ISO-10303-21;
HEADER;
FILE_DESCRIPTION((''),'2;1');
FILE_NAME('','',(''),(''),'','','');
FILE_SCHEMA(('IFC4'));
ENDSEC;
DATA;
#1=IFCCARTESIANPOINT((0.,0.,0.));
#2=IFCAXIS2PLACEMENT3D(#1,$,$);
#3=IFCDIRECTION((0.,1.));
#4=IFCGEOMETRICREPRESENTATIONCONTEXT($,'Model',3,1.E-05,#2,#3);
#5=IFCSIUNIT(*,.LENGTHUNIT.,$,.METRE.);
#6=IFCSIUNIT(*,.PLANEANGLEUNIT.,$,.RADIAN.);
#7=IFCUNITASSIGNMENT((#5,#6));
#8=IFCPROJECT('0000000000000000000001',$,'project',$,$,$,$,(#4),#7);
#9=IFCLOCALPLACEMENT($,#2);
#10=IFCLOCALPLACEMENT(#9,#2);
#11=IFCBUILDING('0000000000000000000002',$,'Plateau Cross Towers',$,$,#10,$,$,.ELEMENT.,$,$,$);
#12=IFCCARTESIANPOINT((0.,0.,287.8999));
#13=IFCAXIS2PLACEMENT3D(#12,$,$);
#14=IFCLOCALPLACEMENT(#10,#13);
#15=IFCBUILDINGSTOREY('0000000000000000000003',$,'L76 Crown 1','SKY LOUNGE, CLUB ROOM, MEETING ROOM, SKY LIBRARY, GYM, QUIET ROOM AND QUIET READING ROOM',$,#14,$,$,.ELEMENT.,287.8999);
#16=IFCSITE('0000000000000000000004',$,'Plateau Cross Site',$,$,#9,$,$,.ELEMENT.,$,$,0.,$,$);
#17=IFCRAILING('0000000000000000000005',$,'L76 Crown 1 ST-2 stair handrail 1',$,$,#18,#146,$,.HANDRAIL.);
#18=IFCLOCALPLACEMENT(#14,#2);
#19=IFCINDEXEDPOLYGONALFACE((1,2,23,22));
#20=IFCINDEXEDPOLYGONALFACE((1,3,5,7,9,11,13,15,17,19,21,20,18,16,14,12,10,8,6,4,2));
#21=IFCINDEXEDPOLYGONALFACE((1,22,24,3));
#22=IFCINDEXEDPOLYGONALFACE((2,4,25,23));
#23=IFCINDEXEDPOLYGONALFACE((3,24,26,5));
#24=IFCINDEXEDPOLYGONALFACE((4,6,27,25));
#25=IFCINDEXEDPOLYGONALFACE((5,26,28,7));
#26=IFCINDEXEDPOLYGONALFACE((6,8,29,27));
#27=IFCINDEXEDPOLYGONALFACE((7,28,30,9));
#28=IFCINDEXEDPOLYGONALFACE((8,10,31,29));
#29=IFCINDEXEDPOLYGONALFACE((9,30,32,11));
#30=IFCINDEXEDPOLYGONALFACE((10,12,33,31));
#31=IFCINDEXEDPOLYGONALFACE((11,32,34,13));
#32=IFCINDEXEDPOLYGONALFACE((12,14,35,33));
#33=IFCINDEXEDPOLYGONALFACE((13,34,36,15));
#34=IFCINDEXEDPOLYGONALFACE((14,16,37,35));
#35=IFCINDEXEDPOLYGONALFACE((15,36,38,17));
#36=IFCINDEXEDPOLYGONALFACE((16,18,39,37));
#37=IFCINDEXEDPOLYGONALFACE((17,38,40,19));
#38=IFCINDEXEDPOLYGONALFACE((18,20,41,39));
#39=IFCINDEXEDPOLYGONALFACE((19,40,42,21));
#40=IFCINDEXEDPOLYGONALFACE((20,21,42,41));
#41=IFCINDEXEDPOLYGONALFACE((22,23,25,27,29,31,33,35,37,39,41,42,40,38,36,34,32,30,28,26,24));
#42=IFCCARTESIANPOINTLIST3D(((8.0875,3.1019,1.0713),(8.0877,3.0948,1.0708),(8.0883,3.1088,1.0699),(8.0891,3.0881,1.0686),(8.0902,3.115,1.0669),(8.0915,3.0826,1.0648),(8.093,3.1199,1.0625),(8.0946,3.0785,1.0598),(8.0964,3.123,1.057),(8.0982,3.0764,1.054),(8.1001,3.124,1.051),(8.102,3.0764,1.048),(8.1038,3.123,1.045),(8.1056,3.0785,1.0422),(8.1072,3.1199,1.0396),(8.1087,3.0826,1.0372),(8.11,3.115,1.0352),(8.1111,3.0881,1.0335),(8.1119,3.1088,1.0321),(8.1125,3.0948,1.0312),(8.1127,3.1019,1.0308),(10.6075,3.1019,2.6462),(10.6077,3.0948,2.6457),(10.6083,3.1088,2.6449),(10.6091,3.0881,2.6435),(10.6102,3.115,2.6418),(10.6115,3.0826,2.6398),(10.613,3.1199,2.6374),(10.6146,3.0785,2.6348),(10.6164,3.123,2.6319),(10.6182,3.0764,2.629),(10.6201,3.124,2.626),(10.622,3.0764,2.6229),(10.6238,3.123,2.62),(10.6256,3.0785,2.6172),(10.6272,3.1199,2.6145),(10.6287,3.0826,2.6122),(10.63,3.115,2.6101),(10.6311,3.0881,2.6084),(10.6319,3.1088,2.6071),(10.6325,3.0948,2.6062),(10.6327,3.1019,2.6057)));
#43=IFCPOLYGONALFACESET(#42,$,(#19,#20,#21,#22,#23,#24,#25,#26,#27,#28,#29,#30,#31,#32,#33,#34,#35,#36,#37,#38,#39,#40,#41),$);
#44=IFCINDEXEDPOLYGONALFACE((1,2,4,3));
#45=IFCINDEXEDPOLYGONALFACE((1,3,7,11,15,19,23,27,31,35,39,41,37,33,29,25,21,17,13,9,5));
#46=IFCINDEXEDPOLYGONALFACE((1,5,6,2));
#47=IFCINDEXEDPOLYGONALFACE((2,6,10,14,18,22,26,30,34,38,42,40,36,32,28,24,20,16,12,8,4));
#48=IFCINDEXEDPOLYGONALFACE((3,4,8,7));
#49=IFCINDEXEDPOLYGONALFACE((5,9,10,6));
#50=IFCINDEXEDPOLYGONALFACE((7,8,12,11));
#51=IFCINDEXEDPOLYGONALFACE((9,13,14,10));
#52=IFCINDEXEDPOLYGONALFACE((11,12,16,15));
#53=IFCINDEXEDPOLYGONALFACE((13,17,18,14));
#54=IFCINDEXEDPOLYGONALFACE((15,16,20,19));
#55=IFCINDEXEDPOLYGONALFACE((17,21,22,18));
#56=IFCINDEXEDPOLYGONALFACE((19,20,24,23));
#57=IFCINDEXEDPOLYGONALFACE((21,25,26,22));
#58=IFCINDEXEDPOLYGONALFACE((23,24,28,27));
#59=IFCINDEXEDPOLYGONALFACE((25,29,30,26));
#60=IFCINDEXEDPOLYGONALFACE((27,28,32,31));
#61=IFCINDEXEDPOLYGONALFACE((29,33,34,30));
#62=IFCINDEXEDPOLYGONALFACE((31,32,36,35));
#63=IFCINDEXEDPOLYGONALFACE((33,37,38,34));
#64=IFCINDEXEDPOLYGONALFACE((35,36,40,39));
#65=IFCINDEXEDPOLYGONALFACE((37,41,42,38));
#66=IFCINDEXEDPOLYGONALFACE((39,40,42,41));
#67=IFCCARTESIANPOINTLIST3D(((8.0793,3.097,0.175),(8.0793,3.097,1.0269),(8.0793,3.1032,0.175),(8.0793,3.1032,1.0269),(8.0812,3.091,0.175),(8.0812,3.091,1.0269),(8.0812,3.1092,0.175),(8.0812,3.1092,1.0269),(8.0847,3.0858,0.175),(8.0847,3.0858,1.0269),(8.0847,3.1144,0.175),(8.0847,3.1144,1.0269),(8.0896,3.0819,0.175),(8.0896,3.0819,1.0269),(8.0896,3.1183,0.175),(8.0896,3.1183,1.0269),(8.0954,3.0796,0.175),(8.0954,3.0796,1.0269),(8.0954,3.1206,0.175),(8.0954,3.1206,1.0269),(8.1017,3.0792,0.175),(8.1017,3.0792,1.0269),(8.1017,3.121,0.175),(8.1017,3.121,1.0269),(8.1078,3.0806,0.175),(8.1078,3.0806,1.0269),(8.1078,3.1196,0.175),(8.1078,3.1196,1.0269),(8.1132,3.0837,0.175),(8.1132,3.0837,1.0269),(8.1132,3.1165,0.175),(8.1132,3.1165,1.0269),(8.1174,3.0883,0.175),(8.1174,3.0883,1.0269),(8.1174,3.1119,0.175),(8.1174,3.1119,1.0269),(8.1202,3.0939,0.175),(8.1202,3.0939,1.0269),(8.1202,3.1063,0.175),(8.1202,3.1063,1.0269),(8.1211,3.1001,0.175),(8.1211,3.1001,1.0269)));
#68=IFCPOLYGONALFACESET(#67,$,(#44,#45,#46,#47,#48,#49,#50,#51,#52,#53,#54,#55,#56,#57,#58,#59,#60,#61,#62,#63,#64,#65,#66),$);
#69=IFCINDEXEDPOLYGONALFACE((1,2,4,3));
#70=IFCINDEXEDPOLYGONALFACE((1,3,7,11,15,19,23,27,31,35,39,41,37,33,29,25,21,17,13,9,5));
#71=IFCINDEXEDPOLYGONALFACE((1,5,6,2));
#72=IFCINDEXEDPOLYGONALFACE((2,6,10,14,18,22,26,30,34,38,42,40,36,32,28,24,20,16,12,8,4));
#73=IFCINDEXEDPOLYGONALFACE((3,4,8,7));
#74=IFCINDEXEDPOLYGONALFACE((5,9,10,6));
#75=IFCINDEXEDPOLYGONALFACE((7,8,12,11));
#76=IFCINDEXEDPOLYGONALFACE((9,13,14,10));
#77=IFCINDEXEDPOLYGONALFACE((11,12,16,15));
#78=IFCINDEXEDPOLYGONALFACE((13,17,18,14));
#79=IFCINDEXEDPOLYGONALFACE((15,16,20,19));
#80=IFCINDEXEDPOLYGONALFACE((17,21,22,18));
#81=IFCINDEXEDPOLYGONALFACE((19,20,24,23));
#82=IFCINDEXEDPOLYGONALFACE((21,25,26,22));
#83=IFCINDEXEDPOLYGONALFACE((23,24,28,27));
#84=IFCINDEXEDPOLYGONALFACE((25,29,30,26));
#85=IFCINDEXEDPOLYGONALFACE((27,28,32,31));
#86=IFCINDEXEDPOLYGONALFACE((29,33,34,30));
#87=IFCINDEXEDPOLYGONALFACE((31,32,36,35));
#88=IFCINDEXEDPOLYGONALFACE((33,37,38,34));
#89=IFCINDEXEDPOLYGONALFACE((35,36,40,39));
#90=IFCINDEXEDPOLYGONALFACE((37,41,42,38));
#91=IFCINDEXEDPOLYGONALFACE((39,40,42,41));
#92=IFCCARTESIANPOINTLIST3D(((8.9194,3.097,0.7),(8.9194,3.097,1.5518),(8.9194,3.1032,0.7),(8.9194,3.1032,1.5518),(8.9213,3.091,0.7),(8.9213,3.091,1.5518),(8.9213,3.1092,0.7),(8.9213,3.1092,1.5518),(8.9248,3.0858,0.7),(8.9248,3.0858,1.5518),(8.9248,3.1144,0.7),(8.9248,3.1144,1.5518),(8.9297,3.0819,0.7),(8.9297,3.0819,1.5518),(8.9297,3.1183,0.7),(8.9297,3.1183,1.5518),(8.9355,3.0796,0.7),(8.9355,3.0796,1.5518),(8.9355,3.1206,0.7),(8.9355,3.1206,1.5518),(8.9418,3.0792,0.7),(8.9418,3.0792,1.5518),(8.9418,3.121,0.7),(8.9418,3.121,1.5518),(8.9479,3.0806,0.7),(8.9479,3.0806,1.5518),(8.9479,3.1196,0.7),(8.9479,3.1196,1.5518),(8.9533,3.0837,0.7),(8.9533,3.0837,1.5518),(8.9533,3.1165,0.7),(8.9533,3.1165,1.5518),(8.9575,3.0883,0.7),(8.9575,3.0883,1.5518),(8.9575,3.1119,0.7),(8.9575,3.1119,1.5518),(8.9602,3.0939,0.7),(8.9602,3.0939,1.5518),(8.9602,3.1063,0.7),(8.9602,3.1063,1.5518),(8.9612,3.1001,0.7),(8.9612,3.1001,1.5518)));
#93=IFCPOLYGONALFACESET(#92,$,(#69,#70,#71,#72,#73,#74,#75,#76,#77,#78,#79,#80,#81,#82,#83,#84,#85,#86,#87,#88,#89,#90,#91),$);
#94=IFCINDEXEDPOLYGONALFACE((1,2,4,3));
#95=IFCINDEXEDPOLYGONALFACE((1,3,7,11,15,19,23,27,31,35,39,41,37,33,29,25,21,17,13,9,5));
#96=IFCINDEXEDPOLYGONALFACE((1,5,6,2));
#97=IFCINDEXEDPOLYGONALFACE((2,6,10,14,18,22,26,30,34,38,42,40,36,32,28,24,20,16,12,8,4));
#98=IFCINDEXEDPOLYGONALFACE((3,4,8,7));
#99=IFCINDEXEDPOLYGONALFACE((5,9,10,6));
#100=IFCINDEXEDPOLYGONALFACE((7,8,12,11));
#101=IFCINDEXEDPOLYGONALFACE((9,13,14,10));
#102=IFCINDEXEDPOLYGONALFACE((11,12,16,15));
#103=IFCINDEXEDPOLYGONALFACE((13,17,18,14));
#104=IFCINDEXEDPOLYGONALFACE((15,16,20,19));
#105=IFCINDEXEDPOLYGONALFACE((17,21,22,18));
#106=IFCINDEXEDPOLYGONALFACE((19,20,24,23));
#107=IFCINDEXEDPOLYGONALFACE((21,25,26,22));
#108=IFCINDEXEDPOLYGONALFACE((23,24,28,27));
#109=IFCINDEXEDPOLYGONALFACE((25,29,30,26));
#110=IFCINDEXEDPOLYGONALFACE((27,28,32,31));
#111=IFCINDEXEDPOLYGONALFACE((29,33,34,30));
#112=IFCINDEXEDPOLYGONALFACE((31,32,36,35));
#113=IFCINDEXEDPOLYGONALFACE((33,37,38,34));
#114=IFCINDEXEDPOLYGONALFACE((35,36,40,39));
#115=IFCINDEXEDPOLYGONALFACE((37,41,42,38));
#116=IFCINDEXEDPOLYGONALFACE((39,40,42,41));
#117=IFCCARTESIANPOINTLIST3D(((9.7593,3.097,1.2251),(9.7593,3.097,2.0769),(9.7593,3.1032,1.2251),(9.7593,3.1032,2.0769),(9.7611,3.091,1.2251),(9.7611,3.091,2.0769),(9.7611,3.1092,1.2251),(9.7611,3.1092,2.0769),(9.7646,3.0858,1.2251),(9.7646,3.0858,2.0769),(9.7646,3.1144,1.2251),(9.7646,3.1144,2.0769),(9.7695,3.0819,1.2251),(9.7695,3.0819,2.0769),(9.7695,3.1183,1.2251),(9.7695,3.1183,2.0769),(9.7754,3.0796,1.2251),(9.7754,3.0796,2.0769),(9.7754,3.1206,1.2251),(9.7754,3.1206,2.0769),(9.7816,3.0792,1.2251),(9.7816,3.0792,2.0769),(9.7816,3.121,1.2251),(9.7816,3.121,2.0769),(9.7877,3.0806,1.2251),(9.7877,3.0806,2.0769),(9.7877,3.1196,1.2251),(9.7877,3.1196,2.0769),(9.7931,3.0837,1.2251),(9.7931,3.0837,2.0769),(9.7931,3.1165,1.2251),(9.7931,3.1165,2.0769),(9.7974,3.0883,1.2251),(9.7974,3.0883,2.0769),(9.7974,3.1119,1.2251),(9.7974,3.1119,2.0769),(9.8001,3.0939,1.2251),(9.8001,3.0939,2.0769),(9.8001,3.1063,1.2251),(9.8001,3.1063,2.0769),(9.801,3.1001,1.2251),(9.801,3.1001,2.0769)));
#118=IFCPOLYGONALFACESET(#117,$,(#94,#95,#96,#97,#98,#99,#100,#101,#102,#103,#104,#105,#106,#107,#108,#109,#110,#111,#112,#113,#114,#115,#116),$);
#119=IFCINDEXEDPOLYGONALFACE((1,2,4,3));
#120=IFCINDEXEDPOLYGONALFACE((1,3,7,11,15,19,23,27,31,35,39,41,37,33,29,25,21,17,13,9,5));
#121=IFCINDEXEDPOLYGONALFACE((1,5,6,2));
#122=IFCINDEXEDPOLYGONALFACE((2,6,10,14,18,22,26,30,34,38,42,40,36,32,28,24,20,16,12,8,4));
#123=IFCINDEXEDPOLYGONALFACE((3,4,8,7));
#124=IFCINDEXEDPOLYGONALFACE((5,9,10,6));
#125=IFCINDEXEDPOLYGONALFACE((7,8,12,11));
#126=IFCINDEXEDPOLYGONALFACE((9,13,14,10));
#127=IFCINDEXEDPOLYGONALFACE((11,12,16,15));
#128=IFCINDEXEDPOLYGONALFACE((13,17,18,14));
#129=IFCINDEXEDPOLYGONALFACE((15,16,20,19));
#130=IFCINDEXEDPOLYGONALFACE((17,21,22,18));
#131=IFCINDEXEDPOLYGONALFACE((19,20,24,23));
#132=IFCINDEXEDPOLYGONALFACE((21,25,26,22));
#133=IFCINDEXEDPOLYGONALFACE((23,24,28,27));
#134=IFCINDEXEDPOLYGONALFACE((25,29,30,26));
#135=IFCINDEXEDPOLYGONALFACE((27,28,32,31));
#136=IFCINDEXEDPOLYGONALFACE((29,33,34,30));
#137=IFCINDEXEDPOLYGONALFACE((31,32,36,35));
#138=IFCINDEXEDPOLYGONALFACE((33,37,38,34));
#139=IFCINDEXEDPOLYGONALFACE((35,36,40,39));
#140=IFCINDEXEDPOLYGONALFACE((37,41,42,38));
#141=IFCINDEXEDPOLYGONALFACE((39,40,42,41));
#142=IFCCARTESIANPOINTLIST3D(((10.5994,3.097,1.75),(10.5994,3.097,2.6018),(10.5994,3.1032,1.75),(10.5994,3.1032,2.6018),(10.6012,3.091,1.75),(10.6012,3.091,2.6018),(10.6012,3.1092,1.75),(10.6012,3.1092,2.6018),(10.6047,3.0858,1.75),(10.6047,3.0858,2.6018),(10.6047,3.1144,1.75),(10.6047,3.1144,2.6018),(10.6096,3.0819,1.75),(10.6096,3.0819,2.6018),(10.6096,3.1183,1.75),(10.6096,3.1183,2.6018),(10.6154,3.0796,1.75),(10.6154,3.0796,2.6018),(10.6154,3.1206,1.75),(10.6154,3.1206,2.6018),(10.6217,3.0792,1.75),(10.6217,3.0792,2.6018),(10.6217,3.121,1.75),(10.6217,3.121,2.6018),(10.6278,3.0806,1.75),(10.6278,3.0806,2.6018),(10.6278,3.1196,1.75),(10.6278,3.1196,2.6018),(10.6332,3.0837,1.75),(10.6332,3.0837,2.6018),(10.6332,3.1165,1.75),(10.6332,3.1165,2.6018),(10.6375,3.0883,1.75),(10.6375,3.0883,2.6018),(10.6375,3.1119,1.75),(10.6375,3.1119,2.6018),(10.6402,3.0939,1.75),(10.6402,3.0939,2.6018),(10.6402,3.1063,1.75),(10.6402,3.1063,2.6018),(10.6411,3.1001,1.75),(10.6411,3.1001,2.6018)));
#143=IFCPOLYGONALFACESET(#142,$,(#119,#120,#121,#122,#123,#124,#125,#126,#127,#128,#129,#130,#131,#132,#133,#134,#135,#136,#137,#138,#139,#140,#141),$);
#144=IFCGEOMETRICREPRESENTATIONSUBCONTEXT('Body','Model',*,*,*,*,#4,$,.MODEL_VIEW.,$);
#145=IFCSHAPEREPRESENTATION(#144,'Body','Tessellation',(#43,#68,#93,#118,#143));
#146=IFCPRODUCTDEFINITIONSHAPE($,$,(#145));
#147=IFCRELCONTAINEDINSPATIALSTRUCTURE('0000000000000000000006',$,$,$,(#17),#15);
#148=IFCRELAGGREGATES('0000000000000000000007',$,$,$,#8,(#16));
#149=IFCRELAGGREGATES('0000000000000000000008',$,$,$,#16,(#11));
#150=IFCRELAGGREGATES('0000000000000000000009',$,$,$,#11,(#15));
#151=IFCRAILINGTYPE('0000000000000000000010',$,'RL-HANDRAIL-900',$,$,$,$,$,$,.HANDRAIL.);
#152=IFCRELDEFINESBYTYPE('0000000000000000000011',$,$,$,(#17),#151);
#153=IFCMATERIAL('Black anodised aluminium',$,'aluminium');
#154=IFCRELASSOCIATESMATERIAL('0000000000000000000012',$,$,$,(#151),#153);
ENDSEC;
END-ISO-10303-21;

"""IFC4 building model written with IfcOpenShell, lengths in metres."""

from ifc_helpers import new_model, si_unit, direction, frame, origin, origin_2d, place, context, subcontext, project, spatial, circle, extrude, material, type_object, element, save


model = new_model("IFC4")

# Units and contexts
model_context = context("Model", 3, precision=1e-05, world=origin(), true_north=direction((0.0, 1.0)))
body_context = subcontext(model_context, "Body", "Model", "MODEL_VIEW")
ifc_project = project(units=[si_unit("LENGTHUNIT", "METRE"), si_unit("PLANEANGLEUNIT", "RADIAN")], contexts=[model_context])

# Site, building, storey
site_placement = place(None, origin())
site = spatial("IfcSite", under=ifc_project, at=site_placement, Name="Plateau Cross Site", CompositionType="ELEMENT", RefElevation=0.0)
building_placement = place(site_placement, origin())
building = spatial("IfcBuilding", under=site, at=building_placement, Name="Plateau Cross Towers", CompositionType="ELEMENT")
storey_placement = place(building_placement, frame((0.0, 0.0, 287.8999)))
storey = spatial("IfcBuildingStorey", under=building, at=storey_placement, Name="L76 Crown 1", Description="SKY LOUNGE, CLUB ROOM, MEETING ROOM, SKY LIBRARY, GYM, QUIET ROOM AND QUIET READING ROOM", CompositionType="ELEMENT", Elevation=287.8999)

# Shared definitions
ifc_material_1 = material(Name="Black anodised aluminium", Category="aluminium")

# Railing
railing_type_1 = type_object("IfcRailingType", Name="RL-HANDRAIL-900", PredefinedType="HANDRAIL", material=ifc_material_1)
railing_1_placement = place(storey_placement, frame((8.1001, 3.1001, 0.175)))
element("IfcRailing", 1, at=railing_1_placement, inside=storey, type_object=railing_type_1, Name="L76 Crown 1 ST-2 stair handrail 1", PredefinedType="HANDRAIL", context=body_context, shape_type="SweptSolid", body=[
    extrude(circle(Radius=0.0239, at=origin_2d()), frame((0.0, 0.0, 0.876), z_axis=(0.848008, 0.0, 0.529984), x_axis=(0.0, 1.0, 0.0)), (0.0, 0.0, 1.0), 2.9717),
    extrude(circle(Radius=0.021, at=origin_2d()), origin(), (0.0, 0.0, 1.0), 0.8518),
    extrude(circle(Radius=0.021, at=origin_2d()), frame((0.8401, 0.0, 0.5249)), (0.0, 0.0, 1.0), 0.8518),
    extrude(circle(Radius=0.021, at=origin_2d()), frame((1.6799, 0.0, 1.05)), (0.0, 0.0, 1.0), 0.8518),
    extrude(circle(Radius=0.021, at=origin_2d()), frame((2.52, 0.0, 1.575)), (0.0, 0.0, 1.0), 0.8518),
])

save(model, "model.ifc")
